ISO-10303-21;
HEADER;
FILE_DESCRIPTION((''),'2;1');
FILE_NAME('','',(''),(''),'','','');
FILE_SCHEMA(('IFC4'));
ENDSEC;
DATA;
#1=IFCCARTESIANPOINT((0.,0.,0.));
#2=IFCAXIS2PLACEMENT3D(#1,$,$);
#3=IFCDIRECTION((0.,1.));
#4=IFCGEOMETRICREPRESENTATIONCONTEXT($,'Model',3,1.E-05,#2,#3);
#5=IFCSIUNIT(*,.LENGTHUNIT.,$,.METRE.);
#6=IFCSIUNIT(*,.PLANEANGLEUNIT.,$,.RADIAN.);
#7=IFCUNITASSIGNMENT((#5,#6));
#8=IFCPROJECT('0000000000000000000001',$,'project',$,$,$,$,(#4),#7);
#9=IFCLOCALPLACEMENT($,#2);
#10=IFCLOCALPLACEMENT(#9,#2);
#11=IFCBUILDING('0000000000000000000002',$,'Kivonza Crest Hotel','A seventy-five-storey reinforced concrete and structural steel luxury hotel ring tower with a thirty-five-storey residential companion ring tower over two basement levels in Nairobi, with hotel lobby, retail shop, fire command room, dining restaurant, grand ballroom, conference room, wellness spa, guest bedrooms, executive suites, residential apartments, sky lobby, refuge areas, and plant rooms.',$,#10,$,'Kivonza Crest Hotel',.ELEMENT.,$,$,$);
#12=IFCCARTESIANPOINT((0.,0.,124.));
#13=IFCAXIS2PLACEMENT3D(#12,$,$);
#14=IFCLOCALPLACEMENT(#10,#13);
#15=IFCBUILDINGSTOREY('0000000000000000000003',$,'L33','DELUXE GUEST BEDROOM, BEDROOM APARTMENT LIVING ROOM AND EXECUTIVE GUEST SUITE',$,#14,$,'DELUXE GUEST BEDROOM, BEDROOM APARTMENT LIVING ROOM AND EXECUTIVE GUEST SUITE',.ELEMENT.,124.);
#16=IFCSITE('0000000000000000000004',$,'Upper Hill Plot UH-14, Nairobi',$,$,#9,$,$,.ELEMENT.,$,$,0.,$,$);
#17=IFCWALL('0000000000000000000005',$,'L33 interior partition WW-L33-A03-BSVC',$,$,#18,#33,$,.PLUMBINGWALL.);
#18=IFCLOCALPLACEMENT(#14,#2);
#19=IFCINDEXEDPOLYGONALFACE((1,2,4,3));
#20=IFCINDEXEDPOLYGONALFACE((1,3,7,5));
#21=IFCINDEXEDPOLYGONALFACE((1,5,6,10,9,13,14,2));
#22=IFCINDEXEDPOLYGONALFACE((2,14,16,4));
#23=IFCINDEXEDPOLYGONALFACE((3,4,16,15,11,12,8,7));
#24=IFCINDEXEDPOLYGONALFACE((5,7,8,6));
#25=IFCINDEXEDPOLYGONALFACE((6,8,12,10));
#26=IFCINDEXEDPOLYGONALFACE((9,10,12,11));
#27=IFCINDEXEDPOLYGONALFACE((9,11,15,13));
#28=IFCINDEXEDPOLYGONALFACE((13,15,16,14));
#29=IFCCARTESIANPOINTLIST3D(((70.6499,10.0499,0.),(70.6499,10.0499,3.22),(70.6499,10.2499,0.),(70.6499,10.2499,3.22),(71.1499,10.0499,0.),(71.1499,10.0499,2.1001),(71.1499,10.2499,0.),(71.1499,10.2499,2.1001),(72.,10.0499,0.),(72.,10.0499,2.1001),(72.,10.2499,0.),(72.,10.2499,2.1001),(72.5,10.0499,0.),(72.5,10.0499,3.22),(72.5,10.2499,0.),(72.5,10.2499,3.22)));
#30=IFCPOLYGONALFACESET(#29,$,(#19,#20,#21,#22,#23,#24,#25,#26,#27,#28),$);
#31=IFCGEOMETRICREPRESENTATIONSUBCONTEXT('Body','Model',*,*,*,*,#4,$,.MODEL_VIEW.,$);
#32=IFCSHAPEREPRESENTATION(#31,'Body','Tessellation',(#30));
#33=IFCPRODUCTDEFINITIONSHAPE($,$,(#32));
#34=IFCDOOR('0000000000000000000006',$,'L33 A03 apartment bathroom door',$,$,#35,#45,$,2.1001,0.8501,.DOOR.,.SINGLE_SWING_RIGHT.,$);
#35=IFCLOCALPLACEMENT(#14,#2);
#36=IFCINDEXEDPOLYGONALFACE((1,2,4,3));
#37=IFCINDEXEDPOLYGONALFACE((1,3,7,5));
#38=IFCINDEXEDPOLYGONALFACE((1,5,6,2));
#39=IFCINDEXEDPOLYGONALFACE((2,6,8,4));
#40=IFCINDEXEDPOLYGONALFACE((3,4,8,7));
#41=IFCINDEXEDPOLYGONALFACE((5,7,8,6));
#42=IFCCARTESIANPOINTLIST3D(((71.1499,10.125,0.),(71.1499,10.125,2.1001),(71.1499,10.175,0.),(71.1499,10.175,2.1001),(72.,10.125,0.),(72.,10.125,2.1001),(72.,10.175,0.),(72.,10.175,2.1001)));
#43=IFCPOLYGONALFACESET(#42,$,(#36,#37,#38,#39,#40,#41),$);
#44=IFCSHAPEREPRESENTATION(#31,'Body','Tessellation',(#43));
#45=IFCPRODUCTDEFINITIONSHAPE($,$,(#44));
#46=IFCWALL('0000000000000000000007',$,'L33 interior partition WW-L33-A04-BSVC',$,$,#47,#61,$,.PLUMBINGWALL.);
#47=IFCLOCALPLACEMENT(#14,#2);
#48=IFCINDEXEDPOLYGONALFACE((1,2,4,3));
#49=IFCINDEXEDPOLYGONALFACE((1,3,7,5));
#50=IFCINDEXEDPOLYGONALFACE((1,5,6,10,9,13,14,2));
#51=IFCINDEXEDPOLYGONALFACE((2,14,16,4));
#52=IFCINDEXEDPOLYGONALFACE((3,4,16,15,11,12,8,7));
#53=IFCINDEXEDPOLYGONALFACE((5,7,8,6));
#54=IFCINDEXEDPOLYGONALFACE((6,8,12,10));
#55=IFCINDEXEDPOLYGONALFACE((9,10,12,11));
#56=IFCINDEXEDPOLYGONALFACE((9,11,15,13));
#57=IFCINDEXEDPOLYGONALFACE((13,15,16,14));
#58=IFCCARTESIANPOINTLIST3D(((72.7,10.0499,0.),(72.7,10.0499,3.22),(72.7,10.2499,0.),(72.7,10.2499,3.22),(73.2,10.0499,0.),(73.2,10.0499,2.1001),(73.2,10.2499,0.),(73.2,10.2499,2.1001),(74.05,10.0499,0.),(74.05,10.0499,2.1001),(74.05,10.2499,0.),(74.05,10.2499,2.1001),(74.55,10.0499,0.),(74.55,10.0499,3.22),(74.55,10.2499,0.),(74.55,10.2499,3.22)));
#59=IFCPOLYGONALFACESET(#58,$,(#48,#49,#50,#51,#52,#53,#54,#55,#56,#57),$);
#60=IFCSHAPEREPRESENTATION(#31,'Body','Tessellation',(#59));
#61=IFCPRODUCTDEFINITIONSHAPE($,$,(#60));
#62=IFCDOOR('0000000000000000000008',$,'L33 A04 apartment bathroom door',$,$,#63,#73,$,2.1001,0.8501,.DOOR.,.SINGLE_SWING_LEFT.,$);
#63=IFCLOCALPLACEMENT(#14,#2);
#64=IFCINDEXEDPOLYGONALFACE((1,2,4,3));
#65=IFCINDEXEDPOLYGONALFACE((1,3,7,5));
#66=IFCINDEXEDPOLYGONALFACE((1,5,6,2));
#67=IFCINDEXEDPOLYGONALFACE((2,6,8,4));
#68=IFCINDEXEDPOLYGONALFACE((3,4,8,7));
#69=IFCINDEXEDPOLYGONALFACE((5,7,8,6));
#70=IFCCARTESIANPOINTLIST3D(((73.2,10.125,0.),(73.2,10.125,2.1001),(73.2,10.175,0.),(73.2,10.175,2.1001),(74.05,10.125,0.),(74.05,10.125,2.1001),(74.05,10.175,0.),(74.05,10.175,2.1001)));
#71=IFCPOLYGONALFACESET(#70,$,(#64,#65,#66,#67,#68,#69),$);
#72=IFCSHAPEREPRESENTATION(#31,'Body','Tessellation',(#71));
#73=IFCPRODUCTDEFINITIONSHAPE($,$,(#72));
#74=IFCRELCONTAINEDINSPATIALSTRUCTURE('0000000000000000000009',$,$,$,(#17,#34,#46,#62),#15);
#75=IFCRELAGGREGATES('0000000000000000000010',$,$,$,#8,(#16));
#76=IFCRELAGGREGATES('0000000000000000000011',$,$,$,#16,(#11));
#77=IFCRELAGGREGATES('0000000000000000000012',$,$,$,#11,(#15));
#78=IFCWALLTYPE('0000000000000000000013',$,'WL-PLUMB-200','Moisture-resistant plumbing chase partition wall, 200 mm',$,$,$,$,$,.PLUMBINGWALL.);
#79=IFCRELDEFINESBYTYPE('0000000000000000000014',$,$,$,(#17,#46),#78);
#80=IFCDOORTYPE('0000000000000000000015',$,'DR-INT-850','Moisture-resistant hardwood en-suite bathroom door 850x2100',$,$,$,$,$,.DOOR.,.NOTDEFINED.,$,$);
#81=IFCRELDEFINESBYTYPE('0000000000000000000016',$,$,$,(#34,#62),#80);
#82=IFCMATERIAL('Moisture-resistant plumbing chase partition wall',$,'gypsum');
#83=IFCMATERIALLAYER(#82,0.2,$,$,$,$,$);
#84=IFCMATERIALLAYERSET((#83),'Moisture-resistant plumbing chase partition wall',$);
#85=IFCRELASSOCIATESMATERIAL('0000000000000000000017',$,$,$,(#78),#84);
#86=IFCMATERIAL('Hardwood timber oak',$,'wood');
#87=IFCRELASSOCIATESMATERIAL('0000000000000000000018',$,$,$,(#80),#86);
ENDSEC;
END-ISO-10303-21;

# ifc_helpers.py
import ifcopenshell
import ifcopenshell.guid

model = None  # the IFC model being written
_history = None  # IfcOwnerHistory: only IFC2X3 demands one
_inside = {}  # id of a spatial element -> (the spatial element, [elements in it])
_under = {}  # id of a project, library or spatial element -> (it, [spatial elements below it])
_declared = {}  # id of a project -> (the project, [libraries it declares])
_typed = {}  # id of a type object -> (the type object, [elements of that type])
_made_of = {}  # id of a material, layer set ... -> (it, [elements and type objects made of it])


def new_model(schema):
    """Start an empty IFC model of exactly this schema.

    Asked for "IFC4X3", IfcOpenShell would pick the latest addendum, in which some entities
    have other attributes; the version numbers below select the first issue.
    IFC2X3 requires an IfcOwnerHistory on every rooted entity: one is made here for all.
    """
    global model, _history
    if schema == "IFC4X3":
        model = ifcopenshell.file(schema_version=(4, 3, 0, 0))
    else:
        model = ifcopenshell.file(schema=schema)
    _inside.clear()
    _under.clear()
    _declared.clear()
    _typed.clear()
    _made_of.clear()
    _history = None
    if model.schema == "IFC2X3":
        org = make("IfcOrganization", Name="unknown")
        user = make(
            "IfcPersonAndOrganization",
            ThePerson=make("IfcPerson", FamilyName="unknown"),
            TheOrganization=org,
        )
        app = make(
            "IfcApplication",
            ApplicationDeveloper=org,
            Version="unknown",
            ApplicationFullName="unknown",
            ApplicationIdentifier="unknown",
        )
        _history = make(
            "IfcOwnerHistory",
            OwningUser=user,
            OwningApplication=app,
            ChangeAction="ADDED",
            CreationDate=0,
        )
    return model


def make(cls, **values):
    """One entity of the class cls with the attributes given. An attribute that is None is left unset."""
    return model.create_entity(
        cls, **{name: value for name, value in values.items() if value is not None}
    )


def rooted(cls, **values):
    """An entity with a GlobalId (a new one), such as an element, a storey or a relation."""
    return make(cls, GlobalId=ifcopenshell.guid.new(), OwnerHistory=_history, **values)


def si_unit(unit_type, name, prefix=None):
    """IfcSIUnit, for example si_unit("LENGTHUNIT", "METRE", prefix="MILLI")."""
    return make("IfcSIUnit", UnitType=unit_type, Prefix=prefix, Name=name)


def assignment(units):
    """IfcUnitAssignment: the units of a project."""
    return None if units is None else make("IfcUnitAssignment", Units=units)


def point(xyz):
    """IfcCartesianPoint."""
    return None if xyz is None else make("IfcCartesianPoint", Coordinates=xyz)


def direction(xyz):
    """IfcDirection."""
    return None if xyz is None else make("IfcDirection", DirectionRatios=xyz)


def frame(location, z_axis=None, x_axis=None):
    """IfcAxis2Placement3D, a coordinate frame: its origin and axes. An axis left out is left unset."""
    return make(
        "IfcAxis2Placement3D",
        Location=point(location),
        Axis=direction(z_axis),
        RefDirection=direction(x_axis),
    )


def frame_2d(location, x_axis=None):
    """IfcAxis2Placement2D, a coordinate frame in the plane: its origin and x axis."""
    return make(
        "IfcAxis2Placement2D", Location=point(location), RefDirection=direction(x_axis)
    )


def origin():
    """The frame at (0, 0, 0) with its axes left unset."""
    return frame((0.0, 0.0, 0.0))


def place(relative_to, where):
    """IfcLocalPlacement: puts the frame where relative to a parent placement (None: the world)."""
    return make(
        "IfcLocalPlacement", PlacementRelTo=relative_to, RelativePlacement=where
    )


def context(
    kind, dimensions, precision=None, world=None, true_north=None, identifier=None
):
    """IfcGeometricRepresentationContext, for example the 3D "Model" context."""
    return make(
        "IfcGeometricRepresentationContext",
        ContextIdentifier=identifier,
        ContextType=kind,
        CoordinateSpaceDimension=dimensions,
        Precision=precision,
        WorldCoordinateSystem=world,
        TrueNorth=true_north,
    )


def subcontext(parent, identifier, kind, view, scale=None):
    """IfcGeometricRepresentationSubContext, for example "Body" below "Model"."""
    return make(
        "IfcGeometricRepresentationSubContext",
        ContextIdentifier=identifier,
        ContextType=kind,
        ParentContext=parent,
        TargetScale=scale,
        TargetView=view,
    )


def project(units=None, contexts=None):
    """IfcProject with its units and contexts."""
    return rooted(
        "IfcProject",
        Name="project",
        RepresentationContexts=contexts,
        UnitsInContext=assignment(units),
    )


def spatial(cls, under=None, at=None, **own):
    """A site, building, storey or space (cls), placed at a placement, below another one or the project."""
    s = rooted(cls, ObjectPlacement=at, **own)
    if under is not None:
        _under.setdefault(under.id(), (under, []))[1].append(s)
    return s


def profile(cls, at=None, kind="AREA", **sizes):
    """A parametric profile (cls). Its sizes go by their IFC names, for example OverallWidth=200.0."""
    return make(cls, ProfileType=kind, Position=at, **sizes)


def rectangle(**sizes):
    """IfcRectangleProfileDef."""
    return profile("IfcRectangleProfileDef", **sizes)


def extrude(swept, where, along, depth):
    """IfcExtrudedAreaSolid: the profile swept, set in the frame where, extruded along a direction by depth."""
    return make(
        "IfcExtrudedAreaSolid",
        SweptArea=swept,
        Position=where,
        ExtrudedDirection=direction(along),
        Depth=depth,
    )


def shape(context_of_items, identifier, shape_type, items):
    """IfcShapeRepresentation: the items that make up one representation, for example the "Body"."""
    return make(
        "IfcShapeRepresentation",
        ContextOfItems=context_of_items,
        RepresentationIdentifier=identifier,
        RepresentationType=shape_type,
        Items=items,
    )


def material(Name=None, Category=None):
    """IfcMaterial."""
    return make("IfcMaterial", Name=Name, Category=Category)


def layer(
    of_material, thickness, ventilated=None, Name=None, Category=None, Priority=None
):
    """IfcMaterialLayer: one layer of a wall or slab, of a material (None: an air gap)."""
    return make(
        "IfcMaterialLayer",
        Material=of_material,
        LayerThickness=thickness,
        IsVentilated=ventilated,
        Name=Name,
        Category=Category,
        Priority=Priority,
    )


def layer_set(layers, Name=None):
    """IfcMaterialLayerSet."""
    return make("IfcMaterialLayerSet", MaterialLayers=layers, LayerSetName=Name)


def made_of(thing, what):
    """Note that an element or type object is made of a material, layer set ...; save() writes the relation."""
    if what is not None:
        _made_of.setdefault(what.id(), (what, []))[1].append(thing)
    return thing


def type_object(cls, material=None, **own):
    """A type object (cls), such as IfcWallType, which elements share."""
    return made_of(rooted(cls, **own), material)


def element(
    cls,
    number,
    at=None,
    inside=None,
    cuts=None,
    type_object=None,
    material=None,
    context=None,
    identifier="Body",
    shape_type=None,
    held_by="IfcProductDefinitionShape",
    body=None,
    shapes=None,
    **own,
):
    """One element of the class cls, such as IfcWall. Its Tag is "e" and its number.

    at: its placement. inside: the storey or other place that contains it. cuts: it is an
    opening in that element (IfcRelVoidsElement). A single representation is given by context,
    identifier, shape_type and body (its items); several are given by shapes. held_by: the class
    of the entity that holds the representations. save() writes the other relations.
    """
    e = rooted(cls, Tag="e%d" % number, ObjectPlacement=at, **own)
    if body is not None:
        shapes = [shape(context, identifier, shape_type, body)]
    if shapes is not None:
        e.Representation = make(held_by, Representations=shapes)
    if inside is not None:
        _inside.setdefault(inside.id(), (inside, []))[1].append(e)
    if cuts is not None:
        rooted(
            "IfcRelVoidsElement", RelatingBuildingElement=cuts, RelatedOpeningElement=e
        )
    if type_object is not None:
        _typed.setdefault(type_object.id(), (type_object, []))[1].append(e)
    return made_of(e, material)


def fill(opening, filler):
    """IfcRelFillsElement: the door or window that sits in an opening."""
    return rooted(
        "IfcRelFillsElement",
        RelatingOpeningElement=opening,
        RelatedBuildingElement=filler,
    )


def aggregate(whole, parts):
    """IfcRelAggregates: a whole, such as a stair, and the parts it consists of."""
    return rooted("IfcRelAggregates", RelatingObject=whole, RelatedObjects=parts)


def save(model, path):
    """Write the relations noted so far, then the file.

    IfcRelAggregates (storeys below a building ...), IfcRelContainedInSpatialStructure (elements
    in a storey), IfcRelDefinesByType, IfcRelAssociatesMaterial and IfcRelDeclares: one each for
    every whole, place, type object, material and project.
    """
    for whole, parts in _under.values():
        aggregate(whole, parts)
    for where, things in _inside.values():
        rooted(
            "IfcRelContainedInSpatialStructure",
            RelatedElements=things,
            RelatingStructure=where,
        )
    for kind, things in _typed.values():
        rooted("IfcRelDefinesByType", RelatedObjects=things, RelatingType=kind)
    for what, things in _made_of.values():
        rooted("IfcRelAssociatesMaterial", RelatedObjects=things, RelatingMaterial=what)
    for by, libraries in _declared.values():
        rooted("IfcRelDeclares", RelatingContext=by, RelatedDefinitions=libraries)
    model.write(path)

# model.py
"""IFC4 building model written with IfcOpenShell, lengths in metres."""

from ifc_helpers import new_model, si_unit, direction, frame, frame_2d, origin, place, context, subcontext, project, spatial, rectangle, extrude, material, layer, layer_set, type_object, element, fill, save


model = new_model("IFC4")

# Units and contexts
model_context = context("Model", 3, precision=1e-05, world=origin(), true_north=direction((0.0, 1.0)))
body_context = subcontext(model_context, "Body", "Model", "MODEL_VIEW")
ifc_project = project(units=[si_unit("LENGTHUNIT", "METRE"), si_unit("PLANEANGLEUNIT", "RADIAN")], contexts=[model_context])

# Site, building, storey
site_placement = place(None, origin())
site = spatial("IfcSite", under=ifc_project, at=site_placement, Name="Upper Hill Plot UH-14, Nairobi", CompositionType="ELEMENT", RefElevation=0.0)
building_placement = place(site_placement, origin())
building = spatial("IfcBuilding", under=site, at=building_placement, Name="Kivonza Crest Hotel", Description="A seventy-five-storey reinforced concrete and structural steel luxury hotel ring tower with a thirty-five-storey residential companion ring tower over two basement levels in Nairobi, with hotel lobby, retail shop, fire command room, dining restaurant, grand ballroom, conference room, wellness spa, guest bedrooms, executive suites, residential apartments, sky lobby, refuge areas, and plant rooms.", LongName="Kivonza Crest Hotel", CompositionType="ELEMENT")
storey_placement = place(building_placement, frame((0.0, 0.0, 124.0)))
storey = spatial("IfcBuildingStorey", under=building, at=storey_placement, Name="L33", Description="DELUXE GUEST BEDROOM, BEDROOM APARTMENT LIVING ROOM AND EXECUTIVE GUEST SUITE", LongName="DELUXE GUEST BEDROOM, BEDROOM APARTMENT LIVING ROOM AND EXECUTIVE GUEST SUITE", CompositionType="ELEMENT", Elevation=124.0)

# Shared definitions
ifc_material_1 = material(Name="Hardwood timber oak", Category="wood")

# Shared definitions
ifc_material_2 = material(Name="Moisture-resistant plumbing chase partition wall", Category="gypsum")
ifc_layer_1 = layer(ifc_material_2, 0.2)
ifc_layer_set_1 = layer_set([ifc_layer_1], Name="Moisture-resistant plumbing chase partition wall")
wall_type_1 = type_object("IfcWallType", Name="WL-PLUMB-200", Description="Moisture-resistant plumbing chase partition wall, 200 mm", PredefinedType="PLUMBINGWALL", material=ifc_layer_set_1)

# Walls, openings, doors
wall_1_placement = place(storey_placement, frame((70.6499, 10.1499, 0.0), z_axis=(0.0, 0.0, 1.0), x_axis=(1.0, 0.0, 0.0)))
wall_1 = element("IfcWall", 1, at=wall_1_placement, inside=storey, type_object=wall_type_1, Name="L33 interior partition WW-L33-A03-BSVC", PredefinedType="PLUMBINGWALL", context=body_context, shape_type="SweptSolid", body=[
    extrude(rectangle(XDim=1.8501, YDim=0.2, at=frame_2d((0.925, 0.0))), origin(), (0.0, 0.0, 1.0), 3.22),
])
opening_1_placement = place(wall_1_placement, frame((0.5, 0.0, 0.0)))
opening_1 = element("IfcOpeningElement", 2, at=opening_1_placement, cuts=wall_1, PredefinedType="OPENING", context=body_context, shape_type="SweptSolid", body=[
    extrude(rectangle(XDim=0.8501, YDim=2.1001, at=frame_2d((0.425, 1.05))), frame((0.0, 0.1099, 0.0), z_axis=(0.0, -1.0, 0.0), x_axis=(1.0, 0.0, 0.0)), (0.0, 0.0, 1.0), 0.22),
])
door_type_1 = type_object("IfcDoorType", Name="DR-INT-850", Description="Moisture-resistant hardwood en-suite bathroom door 850x2100", OperationType="NOTDEFINED", PredefinedType="DOOR", material=ifc_material_1)
door_1_placement = place(opening_1_placement, frame((0.8501, 0.0, 0.0), z_axis=(0.0, 0.0, 1.0), x_axis=(-1.0, 0.0, 0.0)))
door_1 = element("IfcDoor", 3, at=door_1_placement, inside=storey, type_object=door_type_1, Name="L33 A03 apartment bathroom door", OperationType="SINGLE_SWING_RIGHT", OverallHeight=2.1001, OverallWidth=0.8501, PredefinedType="DOOR", context=body_context, shape_type="SweptSolid", body=[
    extrude(rectangle(XDim=0.8501, YDim=2.1001, at=frame_2d((0.425, 1.05))), frame((0.0, 0.0249, 0.0), z_axis=(0.0, -1.0, 0.0), x_axis=(1.0, 0.0, 0.0)), (0.0, 0.0, 1.0), 0.05),
])
fill(opening_1, door_1)
wall_2_placement = place(storey_placement, frame((72.7, 10.1499, 0.0), z_axis=(0.0, 0.0, 1.0), x_axis=(1.0, 0.0, 0.0)))
wall_2 = element("IfcWall", 4, at=wall_2_placement, inside=storey, type_object=wall_type_1, Name="L33 interior partition WW-L33-A04-BSVC", PredefinedType="PLUMBINGWALL", context=body_context, shape_type="SweptSolid", body=[
    extrude(rectangle(XDim=1.8501, YDim=0.2, at=frame_2d((0.925, 0.0))), origin(), (0.0, 0.0, 1.0), 3.22),
])
opening_2_placement = place(wall_2_placement, frame((0.5, 0.0, 0.0)))
opening_2 = element("IfcOpeningElement", 5, at=opening_2_placement, cuts=wall_2, PredefinedType="OPENING", context=body_context, shape_type="SweptSolid", body=[
    extrude(rectangle(XDim=0.8501, YDim=2.1001, at=frame_2d((0.425, 1.05))), frame((0.0, 0.1099, 0.0), z_axis=(0.0, -1.0, 0.0), x_axis=(1.0, 0.0, 0.0)), (0.0, 0.0, 1.0), 0.22),
])
door_2_placement = place(opening_2_placement, frame((0.8501, 0.0, 0.0), z_axis=(0.0, 0.0, 1.0), x_axis=(-1.0, 0.0, 0.0)))
door_2 = element("IfcDoor", 6, at=door_2_placement, inside=storey, type_object=door_type_1, Name="L33 A04 apartment bathroom door", OperationType="SINGLE_SWING_LEFT", OverallHeight=2.1001, OverallWidth=0.8501, PredefinedType="DOOR", context=body_context, shape_type="SweptSolid", body=[
    extrude(rectangle(XDim=0.8501, YDim=2.1001, at=frame_2d((0.425, 1.05))), frame((0.0, 0.0249, 0.0), z_axis=(0.0, -1.0, 0.0), x_axis=(1.0, 0.0, 0.0)), (0.0, 0.0, 1.0), 0.05),
])
fill(opening_2, door_2)

save(model, "model.ifc")
